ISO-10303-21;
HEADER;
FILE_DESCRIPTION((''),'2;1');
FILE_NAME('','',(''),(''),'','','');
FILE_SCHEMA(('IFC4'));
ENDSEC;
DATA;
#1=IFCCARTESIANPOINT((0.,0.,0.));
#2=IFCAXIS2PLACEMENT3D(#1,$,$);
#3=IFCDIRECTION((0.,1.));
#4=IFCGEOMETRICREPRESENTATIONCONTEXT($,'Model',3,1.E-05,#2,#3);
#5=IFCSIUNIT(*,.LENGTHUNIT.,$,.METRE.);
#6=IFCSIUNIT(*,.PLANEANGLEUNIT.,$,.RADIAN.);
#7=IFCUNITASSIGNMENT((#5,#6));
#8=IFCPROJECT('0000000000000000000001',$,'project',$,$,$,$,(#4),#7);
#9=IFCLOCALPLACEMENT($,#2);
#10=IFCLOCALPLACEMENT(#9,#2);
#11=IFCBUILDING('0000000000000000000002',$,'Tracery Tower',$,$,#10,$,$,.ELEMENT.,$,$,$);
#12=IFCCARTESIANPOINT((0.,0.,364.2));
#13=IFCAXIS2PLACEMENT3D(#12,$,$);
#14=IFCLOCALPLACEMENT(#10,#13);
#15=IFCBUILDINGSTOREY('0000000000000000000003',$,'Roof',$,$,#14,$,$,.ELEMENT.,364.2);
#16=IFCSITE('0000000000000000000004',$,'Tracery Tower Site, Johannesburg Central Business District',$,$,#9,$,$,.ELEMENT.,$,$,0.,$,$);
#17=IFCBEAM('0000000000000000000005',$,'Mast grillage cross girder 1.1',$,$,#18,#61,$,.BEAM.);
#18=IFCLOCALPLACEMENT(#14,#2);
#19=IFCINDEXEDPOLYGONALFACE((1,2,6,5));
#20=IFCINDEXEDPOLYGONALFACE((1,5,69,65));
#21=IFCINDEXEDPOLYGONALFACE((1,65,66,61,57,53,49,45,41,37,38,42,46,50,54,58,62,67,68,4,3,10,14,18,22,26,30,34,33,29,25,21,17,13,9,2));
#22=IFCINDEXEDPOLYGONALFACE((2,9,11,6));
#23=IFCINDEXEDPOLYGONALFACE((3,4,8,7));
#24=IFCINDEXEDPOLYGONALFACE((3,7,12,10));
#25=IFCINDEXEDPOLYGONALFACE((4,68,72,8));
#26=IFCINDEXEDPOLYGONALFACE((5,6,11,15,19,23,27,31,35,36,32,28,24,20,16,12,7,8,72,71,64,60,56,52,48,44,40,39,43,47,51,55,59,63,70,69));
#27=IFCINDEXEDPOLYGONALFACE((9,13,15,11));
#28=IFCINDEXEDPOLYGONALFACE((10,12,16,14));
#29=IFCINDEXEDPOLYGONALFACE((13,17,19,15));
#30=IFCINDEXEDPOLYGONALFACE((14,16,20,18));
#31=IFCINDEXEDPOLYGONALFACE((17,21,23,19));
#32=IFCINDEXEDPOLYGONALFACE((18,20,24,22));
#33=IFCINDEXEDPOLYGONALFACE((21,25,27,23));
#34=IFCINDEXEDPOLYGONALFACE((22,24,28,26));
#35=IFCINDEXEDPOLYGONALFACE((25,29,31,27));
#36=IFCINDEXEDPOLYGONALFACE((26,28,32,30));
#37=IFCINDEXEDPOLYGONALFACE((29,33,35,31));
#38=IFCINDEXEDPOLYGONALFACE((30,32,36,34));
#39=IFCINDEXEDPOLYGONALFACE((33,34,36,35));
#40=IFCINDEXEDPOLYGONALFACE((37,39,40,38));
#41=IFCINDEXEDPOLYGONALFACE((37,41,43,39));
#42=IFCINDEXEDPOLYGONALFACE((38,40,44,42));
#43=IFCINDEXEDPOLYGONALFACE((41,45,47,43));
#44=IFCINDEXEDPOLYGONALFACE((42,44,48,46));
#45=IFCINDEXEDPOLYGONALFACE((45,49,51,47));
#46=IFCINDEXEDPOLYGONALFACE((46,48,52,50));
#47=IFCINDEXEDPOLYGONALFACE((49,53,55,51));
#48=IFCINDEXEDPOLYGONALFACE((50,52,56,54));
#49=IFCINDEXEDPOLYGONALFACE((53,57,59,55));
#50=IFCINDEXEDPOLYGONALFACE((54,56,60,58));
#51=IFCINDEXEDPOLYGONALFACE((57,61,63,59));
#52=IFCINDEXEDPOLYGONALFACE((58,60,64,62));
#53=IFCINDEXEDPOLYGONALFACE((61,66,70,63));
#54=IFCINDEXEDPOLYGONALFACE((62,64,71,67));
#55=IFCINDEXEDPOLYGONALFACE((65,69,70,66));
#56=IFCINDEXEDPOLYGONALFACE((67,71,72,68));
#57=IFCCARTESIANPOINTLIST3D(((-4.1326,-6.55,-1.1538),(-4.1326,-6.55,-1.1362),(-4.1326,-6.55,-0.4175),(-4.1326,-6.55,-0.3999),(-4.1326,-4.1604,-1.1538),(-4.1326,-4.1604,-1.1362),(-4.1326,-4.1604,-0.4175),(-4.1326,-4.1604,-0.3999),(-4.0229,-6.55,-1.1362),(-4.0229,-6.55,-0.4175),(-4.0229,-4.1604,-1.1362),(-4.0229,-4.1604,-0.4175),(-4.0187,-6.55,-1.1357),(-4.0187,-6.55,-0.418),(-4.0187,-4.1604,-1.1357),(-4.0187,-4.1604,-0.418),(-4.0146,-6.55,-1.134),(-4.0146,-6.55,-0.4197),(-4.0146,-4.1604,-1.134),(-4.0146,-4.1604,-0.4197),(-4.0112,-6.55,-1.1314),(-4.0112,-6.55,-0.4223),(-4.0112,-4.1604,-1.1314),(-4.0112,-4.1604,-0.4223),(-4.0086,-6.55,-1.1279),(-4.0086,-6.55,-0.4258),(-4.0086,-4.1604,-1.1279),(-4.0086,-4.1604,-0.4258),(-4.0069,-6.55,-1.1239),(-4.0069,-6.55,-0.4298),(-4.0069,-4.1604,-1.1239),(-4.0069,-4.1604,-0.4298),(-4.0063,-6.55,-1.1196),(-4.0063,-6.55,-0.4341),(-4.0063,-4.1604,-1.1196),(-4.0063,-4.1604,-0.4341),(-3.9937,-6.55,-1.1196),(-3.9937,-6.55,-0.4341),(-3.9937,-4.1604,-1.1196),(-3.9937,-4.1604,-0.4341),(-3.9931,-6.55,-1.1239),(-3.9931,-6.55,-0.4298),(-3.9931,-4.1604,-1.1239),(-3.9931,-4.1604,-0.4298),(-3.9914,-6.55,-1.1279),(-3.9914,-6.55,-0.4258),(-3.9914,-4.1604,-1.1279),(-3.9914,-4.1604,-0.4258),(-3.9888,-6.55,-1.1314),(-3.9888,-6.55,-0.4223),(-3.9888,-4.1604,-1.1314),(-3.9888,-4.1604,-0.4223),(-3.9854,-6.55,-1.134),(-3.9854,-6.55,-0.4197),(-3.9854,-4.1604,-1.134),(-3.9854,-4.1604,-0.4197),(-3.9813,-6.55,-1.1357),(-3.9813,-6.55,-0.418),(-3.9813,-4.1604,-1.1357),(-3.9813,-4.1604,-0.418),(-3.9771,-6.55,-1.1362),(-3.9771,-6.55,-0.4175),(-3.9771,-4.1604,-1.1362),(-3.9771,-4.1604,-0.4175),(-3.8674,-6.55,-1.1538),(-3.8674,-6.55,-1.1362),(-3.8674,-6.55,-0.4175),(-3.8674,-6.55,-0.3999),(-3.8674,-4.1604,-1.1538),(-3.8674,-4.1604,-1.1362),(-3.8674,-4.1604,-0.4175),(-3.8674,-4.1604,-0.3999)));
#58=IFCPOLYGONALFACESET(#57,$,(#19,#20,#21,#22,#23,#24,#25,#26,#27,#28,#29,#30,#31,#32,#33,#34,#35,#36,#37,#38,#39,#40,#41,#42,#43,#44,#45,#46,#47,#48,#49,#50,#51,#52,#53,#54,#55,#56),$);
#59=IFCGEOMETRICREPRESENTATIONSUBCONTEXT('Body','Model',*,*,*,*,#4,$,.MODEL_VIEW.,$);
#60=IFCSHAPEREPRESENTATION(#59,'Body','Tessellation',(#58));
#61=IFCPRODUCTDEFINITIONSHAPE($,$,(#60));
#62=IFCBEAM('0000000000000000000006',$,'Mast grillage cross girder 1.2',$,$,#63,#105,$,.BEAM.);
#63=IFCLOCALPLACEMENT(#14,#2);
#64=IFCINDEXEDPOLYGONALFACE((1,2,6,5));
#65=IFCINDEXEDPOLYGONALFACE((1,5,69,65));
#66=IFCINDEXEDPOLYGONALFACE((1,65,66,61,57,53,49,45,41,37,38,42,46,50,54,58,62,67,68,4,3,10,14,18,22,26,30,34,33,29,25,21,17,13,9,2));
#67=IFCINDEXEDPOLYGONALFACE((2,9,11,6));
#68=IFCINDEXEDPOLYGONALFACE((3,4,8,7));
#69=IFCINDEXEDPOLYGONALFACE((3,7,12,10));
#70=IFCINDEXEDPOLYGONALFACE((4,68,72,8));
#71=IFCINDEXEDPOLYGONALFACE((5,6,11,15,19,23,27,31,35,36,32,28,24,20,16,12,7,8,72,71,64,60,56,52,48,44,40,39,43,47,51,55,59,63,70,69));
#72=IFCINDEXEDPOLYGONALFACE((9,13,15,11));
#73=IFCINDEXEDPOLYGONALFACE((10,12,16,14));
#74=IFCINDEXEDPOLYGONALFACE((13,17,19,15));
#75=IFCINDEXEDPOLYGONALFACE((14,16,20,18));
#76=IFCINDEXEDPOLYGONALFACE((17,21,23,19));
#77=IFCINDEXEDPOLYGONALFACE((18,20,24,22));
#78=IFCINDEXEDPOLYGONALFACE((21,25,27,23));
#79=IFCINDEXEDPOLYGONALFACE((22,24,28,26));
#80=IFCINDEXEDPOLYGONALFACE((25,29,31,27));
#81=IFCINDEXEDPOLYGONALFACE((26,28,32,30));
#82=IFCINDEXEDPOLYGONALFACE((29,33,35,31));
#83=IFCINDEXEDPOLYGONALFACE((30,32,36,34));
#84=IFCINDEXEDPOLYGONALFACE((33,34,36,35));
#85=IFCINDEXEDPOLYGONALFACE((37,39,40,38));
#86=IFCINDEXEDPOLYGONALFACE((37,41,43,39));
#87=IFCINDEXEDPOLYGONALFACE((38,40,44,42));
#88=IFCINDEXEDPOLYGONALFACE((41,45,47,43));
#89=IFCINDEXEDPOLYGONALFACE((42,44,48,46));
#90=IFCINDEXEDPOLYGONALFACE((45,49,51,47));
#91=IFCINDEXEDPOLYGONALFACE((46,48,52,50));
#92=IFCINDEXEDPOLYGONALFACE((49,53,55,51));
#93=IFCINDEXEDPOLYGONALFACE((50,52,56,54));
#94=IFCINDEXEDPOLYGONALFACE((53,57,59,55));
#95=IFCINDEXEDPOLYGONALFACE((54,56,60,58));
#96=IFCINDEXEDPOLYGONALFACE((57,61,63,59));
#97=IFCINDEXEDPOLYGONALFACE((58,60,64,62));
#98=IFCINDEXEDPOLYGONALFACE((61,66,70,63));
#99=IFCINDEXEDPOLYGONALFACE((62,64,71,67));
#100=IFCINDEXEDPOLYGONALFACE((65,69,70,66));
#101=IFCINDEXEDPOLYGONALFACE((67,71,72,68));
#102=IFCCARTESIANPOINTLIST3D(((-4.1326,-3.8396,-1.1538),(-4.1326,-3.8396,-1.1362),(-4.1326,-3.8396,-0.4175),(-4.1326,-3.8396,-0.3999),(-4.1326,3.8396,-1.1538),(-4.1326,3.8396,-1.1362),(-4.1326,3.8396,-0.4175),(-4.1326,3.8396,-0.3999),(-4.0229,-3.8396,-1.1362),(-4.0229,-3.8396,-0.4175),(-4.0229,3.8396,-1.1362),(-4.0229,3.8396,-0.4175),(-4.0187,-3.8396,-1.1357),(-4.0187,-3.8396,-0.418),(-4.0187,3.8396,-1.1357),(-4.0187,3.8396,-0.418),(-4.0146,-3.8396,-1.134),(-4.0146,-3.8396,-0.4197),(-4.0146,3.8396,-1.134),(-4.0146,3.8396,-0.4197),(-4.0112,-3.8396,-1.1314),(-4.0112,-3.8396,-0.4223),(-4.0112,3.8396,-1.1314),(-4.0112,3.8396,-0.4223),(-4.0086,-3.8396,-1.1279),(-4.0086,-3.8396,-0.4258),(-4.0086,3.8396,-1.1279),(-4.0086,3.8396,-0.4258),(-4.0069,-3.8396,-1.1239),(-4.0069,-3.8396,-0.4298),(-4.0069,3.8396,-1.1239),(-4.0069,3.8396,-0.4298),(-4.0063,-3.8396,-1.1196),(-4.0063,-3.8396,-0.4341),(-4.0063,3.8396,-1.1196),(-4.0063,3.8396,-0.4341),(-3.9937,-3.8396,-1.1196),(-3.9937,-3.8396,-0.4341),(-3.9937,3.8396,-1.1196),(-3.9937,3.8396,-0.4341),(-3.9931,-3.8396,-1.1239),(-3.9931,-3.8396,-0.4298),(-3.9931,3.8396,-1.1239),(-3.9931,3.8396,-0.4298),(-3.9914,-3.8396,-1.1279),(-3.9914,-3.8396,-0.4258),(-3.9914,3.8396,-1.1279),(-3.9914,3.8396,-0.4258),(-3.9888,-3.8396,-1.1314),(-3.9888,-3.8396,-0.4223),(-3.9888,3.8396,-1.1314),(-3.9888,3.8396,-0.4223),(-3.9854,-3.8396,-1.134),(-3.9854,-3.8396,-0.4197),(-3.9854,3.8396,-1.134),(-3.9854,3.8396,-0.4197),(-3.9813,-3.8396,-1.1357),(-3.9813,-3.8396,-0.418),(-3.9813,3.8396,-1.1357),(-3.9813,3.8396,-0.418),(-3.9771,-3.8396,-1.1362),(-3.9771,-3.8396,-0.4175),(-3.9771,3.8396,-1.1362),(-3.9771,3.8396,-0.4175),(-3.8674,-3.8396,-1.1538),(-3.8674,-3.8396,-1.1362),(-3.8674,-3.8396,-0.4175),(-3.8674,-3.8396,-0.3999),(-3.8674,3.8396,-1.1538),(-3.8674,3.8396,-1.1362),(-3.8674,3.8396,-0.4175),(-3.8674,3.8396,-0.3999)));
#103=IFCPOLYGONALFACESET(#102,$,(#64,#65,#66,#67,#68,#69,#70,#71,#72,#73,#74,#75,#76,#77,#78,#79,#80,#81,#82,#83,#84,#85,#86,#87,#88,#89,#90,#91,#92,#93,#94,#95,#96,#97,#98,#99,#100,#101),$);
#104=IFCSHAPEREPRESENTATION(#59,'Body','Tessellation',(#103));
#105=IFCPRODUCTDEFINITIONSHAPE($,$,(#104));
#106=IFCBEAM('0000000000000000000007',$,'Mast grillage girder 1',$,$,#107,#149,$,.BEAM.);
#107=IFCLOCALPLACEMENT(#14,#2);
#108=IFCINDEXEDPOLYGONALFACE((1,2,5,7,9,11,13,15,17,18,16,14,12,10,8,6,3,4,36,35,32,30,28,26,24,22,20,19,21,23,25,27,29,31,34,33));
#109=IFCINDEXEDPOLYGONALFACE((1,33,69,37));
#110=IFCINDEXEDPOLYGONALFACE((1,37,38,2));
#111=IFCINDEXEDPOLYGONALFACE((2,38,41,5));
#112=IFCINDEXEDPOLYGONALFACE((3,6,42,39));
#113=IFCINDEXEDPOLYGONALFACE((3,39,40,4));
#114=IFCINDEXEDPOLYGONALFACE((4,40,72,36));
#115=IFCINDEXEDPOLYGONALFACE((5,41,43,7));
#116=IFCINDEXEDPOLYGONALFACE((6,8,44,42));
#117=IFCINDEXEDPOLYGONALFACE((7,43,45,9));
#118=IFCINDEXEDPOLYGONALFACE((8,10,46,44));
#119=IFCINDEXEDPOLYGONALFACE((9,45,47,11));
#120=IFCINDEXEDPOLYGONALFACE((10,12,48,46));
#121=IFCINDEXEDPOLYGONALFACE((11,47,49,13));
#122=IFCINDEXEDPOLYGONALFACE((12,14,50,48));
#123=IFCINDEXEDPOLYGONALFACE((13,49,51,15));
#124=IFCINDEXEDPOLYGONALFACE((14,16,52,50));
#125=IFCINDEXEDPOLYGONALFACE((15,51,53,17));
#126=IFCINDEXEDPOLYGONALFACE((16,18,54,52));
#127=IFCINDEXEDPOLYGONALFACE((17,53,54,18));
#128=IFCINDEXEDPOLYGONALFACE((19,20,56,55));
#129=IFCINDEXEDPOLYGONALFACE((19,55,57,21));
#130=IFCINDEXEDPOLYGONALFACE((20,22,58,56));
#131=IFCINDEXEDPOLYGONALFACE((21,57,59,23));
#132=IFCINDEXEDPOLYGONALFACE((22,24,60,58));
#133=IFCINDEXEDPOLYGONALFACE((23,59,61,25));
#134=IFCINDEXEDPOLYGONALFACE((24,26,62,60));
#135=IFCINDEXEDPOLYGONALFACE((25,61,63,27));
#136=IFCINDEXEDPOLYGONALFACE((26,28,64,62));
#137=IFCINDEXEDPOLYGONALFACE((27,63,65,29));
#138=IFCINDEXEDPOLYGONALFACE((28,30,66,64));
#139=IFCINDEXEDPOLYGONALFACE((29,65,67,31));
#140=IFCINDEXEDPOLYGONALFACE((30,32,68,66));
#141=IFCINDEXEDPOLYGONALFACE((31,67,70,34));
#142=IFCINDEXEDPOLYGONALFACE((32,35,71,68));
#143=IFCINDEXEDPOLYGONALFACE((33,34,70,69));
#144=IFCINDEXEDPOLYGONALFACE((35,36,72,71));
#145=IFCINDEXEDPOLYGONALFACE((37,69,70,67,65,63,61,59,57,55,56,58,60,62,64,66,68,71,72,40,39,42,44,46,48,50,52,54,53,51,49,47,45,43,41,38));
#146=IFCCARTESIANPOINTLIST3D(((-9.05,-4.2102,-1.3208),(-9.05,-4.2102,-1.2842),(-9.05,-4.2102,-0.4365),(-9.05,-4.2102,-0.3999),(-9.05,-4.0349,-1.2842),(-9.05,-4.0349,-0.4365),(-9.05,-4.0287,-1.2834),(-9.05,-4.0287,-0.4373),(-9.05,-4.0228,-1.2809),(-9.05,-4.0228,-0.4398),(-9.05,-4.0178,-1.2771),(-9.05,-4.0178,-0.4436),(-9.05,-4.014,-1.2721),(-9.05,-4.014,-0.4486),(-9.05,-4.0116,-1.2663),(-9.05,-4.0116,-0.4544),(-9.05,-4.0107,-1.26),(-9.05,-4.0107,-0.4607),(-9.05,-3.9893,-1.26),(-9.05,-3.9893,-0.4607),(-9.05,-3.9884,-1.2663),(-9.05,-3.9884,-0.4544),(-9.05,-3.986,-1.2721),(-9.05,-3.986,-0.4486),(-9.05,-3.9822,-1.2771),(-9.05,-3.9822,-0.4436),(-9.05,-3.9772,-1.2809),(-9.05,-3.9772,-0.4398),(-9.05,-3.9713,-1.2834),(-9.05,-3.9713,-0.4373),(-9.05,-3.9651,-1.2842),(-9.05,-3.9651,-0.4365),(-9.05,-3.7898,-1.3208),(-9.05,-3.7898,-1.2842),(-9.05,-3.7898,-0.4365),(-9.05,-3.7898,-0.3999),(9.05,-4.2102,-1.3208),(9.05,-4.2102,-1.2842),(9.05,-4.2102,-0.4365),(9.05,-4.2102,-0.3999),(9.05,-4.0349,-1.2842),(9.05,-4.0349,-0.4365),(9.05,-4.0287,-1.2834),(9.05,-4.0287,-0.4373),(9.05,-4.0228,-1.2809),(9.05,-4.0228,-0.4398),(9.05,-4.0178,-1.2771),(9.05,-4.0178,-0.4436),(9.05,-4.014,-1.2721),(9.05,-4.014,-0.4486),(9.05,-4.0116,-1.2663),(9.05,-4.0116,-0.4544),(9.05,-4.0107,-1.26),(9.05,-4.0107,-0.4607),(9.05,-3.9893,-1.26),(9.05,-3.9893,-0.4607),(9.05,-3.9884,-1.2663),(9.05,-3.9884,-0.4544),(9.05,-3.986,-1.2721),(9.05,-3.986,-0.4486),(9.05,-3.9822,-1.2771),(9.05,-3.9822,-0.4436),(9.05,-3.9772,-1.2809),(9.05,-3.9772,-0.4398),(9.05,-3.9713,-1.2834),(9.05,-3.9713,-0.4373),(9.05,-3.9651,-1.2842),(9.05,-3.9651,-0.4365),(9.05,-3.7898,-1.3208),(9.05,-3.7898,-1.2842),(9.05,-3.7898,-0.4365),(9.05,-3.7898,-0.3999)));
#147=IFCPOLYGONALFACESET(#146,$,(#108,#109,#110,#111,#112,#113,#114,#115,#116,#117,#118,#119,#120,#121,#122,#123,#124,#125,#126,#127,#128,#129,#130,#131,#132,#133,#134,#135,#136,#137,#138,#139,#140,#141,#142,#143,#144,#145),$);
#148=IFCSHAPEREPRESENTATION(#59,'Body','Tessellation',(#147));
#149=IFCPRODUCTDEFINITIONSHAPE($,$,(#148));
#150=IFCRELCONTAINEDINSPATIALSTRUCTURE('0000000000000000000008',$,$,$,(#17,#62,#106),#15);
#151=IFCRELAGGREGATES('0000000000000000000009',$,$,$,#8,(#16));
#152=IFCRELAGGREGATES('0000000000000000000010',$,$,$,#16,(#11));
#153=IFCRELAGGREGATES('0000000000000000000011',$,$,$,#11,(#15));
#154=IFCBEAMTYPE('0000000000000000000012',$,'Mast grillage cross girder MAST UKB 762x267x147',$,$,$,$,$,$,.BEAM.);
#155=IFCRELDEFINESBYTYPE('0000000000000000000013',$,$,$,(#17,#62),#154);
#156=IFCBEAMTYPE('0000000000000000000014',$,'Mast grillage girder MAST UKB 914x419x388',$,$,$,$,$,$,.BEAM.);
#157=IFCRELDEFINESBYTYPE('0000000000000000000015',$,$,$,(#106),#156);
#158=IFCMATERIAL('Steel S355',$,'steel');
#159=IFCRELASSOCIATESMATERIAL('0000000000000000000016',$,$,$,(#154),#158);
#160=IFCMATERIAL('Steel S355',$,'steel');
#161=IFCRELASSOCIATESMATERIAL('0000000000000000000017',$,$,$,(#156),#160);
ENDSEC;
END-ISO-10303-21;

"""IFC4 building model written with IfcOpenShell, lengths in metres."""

from ifc_helpers import new_model, si_unit, direction, frame, origin, origin_2d, place, context, subcontext, project, spatial, i_section, extrude, material, material_profile, profile_set, type_object, element, save


model = new_model("IFC4")

# Units and contexts
model_context = context("Model", 3, precision=1e-05, world=origin(), true_north=direction((0.0, 1.0)))
body_context = subcontext(model_context, "Body", "Model", "MODEL_VIEW")
ifc_project = project(units=[si_unit("LENGTHUNIT", "METRE"), si_unit("PLANEANGLEUNIT", "RADIAN")], contexts=[model_context])

# Site, building, storey
site_placement = place(None, origin())
site = spatial("IfcSite", under=ifc_project, at=site_placement, Name="Tracery Tower Site, Johannesburg Central Business District", CompositionType="ELEMENT", RefElevation=0.0)
building_placement = place(site_placement, origin())
building = spatial("IfcBuilding", under=site, at=building_placement, Name="Tracery Tower", CompositionType="ELEMENT")
storey_placement = place(building_placement, frame((0.0, 0.0, 364.2)))
storey = spatial("IfcBuildingStorey", under=building, at=storey_placement, Name="Roof", CompositionType="ELEMENT", Elevation=364.2)

# Beams
ifc_material_1 = material(Name="Steel S355", Category="steel")
ifc_material_profile_1 = material_profile(ifc_material_1, i_section(OverallWidth=0.2651, OverallDepth=0.7539, WebThickness=0.0127, FlangeThickness=0.0176, FilletRadius=0.0166, at=origin_2d()), Name="UKB 762x267x147")
ifc_profile_set_1 = profile_set([ifc_material_profile_1], Name="Steel S355")
beam_type_1 = type_object("IfcBeamType", Name="Mast grillage cross girder MAST UKB 762x267x147", PredefinedType="BEAM", material=ifc_profile_set_1)
beam_1_placement = place(storey_placement, frame((-4.0, -6.55, -0.7769), z_axis=(0.0, 1.0, 0.0), x_axis=(-1.0, 0.0, 0.0)))
element("IfcBeam", 1, at=beam_1_placement, inside=storey, type_object=beam_type_1, Name="Mast grillage cross girder 1.1", PredefinedType="BEAM", context=body_context, shape_type="SweptSolid", body=[
    extrude(i_section(OverallWidth=0.2651, OverallDepth=0.7539, WebThickness=0.0127, FlangeThickness=0.0176, FilletRadius=0.0166, at=origin_2d()), origin(), (0.0, 0.0, 1.0), 2.3896),
])
beam_2_placement = place(storey_placement, frame((-4.0, -3.8396, -0.7769), z_axis=(0.0, 1.0, 0.0), x_axis=(-1.0, 0.0, 0.0)))
element("IfcBeam", 2, at=beam_2_placement, inside=storey, type_object=beam_type_1, Name="Mast grillage cross girder 1.2", PredefinedType="BEAM", context=body_context, shape_type="SweptSolid", body=[
    extrude(i_section(OverallWidth=0.2651, OverallDepth=0.7539, WebThickness=0.0127, FlangeThickness=0.0176, FilletRadius=0.0166, at=origin_2d()), origin(), (0.0, 0.0, 1.0), 7.6792),
])
ifc_material_2 = material(Name="Steel S355", Category="steel")
ifc_material_profile_2 = material_profile(ifc_material_2, i_section(OverallWidth=0.4204, OverallDepth=0.9209, WebThickness=0.0215, FlangeThickness=0.0366, FilletRadius=0.0242, at=origin_2d()), Name="UKB 914x419x388")
ifc_profile_set_2 = profile_set([ifc_material_profile_2], Name="Steel S355")
beam_type_2 = type_object("IfcBeamType", Name="Mast grillage girder MAST UKB 914x419x388", PredefinedType="BEAM", material=ifc_profile_set_2)
beam_3_placement = place(storey_placement, frame((-9.05, -4.0, -0.8604), z_axis=(1.0, 0.0, 0.0), x_axis=(0.0, 1.0, 0.0)))
element("IfcBeam", 3, at=beam_3_placement, inside=storey, type_object=beam_type_2, Name="Mast grillage girder 1", PredefinedType="BEAM", context=body_context, shape_type="SweptSolid", body=[
    extrude(i_section(OverallWidth=0.4204, OverallDepth=0.9209, WebThickness=0.0215, FlangeThickness=0.0366, FilletRadius=0.0242, at=origin_2d()), origin(), (0.0, 0.0, 1.0), 18.1001),
])

save(model, "model.ifc")
